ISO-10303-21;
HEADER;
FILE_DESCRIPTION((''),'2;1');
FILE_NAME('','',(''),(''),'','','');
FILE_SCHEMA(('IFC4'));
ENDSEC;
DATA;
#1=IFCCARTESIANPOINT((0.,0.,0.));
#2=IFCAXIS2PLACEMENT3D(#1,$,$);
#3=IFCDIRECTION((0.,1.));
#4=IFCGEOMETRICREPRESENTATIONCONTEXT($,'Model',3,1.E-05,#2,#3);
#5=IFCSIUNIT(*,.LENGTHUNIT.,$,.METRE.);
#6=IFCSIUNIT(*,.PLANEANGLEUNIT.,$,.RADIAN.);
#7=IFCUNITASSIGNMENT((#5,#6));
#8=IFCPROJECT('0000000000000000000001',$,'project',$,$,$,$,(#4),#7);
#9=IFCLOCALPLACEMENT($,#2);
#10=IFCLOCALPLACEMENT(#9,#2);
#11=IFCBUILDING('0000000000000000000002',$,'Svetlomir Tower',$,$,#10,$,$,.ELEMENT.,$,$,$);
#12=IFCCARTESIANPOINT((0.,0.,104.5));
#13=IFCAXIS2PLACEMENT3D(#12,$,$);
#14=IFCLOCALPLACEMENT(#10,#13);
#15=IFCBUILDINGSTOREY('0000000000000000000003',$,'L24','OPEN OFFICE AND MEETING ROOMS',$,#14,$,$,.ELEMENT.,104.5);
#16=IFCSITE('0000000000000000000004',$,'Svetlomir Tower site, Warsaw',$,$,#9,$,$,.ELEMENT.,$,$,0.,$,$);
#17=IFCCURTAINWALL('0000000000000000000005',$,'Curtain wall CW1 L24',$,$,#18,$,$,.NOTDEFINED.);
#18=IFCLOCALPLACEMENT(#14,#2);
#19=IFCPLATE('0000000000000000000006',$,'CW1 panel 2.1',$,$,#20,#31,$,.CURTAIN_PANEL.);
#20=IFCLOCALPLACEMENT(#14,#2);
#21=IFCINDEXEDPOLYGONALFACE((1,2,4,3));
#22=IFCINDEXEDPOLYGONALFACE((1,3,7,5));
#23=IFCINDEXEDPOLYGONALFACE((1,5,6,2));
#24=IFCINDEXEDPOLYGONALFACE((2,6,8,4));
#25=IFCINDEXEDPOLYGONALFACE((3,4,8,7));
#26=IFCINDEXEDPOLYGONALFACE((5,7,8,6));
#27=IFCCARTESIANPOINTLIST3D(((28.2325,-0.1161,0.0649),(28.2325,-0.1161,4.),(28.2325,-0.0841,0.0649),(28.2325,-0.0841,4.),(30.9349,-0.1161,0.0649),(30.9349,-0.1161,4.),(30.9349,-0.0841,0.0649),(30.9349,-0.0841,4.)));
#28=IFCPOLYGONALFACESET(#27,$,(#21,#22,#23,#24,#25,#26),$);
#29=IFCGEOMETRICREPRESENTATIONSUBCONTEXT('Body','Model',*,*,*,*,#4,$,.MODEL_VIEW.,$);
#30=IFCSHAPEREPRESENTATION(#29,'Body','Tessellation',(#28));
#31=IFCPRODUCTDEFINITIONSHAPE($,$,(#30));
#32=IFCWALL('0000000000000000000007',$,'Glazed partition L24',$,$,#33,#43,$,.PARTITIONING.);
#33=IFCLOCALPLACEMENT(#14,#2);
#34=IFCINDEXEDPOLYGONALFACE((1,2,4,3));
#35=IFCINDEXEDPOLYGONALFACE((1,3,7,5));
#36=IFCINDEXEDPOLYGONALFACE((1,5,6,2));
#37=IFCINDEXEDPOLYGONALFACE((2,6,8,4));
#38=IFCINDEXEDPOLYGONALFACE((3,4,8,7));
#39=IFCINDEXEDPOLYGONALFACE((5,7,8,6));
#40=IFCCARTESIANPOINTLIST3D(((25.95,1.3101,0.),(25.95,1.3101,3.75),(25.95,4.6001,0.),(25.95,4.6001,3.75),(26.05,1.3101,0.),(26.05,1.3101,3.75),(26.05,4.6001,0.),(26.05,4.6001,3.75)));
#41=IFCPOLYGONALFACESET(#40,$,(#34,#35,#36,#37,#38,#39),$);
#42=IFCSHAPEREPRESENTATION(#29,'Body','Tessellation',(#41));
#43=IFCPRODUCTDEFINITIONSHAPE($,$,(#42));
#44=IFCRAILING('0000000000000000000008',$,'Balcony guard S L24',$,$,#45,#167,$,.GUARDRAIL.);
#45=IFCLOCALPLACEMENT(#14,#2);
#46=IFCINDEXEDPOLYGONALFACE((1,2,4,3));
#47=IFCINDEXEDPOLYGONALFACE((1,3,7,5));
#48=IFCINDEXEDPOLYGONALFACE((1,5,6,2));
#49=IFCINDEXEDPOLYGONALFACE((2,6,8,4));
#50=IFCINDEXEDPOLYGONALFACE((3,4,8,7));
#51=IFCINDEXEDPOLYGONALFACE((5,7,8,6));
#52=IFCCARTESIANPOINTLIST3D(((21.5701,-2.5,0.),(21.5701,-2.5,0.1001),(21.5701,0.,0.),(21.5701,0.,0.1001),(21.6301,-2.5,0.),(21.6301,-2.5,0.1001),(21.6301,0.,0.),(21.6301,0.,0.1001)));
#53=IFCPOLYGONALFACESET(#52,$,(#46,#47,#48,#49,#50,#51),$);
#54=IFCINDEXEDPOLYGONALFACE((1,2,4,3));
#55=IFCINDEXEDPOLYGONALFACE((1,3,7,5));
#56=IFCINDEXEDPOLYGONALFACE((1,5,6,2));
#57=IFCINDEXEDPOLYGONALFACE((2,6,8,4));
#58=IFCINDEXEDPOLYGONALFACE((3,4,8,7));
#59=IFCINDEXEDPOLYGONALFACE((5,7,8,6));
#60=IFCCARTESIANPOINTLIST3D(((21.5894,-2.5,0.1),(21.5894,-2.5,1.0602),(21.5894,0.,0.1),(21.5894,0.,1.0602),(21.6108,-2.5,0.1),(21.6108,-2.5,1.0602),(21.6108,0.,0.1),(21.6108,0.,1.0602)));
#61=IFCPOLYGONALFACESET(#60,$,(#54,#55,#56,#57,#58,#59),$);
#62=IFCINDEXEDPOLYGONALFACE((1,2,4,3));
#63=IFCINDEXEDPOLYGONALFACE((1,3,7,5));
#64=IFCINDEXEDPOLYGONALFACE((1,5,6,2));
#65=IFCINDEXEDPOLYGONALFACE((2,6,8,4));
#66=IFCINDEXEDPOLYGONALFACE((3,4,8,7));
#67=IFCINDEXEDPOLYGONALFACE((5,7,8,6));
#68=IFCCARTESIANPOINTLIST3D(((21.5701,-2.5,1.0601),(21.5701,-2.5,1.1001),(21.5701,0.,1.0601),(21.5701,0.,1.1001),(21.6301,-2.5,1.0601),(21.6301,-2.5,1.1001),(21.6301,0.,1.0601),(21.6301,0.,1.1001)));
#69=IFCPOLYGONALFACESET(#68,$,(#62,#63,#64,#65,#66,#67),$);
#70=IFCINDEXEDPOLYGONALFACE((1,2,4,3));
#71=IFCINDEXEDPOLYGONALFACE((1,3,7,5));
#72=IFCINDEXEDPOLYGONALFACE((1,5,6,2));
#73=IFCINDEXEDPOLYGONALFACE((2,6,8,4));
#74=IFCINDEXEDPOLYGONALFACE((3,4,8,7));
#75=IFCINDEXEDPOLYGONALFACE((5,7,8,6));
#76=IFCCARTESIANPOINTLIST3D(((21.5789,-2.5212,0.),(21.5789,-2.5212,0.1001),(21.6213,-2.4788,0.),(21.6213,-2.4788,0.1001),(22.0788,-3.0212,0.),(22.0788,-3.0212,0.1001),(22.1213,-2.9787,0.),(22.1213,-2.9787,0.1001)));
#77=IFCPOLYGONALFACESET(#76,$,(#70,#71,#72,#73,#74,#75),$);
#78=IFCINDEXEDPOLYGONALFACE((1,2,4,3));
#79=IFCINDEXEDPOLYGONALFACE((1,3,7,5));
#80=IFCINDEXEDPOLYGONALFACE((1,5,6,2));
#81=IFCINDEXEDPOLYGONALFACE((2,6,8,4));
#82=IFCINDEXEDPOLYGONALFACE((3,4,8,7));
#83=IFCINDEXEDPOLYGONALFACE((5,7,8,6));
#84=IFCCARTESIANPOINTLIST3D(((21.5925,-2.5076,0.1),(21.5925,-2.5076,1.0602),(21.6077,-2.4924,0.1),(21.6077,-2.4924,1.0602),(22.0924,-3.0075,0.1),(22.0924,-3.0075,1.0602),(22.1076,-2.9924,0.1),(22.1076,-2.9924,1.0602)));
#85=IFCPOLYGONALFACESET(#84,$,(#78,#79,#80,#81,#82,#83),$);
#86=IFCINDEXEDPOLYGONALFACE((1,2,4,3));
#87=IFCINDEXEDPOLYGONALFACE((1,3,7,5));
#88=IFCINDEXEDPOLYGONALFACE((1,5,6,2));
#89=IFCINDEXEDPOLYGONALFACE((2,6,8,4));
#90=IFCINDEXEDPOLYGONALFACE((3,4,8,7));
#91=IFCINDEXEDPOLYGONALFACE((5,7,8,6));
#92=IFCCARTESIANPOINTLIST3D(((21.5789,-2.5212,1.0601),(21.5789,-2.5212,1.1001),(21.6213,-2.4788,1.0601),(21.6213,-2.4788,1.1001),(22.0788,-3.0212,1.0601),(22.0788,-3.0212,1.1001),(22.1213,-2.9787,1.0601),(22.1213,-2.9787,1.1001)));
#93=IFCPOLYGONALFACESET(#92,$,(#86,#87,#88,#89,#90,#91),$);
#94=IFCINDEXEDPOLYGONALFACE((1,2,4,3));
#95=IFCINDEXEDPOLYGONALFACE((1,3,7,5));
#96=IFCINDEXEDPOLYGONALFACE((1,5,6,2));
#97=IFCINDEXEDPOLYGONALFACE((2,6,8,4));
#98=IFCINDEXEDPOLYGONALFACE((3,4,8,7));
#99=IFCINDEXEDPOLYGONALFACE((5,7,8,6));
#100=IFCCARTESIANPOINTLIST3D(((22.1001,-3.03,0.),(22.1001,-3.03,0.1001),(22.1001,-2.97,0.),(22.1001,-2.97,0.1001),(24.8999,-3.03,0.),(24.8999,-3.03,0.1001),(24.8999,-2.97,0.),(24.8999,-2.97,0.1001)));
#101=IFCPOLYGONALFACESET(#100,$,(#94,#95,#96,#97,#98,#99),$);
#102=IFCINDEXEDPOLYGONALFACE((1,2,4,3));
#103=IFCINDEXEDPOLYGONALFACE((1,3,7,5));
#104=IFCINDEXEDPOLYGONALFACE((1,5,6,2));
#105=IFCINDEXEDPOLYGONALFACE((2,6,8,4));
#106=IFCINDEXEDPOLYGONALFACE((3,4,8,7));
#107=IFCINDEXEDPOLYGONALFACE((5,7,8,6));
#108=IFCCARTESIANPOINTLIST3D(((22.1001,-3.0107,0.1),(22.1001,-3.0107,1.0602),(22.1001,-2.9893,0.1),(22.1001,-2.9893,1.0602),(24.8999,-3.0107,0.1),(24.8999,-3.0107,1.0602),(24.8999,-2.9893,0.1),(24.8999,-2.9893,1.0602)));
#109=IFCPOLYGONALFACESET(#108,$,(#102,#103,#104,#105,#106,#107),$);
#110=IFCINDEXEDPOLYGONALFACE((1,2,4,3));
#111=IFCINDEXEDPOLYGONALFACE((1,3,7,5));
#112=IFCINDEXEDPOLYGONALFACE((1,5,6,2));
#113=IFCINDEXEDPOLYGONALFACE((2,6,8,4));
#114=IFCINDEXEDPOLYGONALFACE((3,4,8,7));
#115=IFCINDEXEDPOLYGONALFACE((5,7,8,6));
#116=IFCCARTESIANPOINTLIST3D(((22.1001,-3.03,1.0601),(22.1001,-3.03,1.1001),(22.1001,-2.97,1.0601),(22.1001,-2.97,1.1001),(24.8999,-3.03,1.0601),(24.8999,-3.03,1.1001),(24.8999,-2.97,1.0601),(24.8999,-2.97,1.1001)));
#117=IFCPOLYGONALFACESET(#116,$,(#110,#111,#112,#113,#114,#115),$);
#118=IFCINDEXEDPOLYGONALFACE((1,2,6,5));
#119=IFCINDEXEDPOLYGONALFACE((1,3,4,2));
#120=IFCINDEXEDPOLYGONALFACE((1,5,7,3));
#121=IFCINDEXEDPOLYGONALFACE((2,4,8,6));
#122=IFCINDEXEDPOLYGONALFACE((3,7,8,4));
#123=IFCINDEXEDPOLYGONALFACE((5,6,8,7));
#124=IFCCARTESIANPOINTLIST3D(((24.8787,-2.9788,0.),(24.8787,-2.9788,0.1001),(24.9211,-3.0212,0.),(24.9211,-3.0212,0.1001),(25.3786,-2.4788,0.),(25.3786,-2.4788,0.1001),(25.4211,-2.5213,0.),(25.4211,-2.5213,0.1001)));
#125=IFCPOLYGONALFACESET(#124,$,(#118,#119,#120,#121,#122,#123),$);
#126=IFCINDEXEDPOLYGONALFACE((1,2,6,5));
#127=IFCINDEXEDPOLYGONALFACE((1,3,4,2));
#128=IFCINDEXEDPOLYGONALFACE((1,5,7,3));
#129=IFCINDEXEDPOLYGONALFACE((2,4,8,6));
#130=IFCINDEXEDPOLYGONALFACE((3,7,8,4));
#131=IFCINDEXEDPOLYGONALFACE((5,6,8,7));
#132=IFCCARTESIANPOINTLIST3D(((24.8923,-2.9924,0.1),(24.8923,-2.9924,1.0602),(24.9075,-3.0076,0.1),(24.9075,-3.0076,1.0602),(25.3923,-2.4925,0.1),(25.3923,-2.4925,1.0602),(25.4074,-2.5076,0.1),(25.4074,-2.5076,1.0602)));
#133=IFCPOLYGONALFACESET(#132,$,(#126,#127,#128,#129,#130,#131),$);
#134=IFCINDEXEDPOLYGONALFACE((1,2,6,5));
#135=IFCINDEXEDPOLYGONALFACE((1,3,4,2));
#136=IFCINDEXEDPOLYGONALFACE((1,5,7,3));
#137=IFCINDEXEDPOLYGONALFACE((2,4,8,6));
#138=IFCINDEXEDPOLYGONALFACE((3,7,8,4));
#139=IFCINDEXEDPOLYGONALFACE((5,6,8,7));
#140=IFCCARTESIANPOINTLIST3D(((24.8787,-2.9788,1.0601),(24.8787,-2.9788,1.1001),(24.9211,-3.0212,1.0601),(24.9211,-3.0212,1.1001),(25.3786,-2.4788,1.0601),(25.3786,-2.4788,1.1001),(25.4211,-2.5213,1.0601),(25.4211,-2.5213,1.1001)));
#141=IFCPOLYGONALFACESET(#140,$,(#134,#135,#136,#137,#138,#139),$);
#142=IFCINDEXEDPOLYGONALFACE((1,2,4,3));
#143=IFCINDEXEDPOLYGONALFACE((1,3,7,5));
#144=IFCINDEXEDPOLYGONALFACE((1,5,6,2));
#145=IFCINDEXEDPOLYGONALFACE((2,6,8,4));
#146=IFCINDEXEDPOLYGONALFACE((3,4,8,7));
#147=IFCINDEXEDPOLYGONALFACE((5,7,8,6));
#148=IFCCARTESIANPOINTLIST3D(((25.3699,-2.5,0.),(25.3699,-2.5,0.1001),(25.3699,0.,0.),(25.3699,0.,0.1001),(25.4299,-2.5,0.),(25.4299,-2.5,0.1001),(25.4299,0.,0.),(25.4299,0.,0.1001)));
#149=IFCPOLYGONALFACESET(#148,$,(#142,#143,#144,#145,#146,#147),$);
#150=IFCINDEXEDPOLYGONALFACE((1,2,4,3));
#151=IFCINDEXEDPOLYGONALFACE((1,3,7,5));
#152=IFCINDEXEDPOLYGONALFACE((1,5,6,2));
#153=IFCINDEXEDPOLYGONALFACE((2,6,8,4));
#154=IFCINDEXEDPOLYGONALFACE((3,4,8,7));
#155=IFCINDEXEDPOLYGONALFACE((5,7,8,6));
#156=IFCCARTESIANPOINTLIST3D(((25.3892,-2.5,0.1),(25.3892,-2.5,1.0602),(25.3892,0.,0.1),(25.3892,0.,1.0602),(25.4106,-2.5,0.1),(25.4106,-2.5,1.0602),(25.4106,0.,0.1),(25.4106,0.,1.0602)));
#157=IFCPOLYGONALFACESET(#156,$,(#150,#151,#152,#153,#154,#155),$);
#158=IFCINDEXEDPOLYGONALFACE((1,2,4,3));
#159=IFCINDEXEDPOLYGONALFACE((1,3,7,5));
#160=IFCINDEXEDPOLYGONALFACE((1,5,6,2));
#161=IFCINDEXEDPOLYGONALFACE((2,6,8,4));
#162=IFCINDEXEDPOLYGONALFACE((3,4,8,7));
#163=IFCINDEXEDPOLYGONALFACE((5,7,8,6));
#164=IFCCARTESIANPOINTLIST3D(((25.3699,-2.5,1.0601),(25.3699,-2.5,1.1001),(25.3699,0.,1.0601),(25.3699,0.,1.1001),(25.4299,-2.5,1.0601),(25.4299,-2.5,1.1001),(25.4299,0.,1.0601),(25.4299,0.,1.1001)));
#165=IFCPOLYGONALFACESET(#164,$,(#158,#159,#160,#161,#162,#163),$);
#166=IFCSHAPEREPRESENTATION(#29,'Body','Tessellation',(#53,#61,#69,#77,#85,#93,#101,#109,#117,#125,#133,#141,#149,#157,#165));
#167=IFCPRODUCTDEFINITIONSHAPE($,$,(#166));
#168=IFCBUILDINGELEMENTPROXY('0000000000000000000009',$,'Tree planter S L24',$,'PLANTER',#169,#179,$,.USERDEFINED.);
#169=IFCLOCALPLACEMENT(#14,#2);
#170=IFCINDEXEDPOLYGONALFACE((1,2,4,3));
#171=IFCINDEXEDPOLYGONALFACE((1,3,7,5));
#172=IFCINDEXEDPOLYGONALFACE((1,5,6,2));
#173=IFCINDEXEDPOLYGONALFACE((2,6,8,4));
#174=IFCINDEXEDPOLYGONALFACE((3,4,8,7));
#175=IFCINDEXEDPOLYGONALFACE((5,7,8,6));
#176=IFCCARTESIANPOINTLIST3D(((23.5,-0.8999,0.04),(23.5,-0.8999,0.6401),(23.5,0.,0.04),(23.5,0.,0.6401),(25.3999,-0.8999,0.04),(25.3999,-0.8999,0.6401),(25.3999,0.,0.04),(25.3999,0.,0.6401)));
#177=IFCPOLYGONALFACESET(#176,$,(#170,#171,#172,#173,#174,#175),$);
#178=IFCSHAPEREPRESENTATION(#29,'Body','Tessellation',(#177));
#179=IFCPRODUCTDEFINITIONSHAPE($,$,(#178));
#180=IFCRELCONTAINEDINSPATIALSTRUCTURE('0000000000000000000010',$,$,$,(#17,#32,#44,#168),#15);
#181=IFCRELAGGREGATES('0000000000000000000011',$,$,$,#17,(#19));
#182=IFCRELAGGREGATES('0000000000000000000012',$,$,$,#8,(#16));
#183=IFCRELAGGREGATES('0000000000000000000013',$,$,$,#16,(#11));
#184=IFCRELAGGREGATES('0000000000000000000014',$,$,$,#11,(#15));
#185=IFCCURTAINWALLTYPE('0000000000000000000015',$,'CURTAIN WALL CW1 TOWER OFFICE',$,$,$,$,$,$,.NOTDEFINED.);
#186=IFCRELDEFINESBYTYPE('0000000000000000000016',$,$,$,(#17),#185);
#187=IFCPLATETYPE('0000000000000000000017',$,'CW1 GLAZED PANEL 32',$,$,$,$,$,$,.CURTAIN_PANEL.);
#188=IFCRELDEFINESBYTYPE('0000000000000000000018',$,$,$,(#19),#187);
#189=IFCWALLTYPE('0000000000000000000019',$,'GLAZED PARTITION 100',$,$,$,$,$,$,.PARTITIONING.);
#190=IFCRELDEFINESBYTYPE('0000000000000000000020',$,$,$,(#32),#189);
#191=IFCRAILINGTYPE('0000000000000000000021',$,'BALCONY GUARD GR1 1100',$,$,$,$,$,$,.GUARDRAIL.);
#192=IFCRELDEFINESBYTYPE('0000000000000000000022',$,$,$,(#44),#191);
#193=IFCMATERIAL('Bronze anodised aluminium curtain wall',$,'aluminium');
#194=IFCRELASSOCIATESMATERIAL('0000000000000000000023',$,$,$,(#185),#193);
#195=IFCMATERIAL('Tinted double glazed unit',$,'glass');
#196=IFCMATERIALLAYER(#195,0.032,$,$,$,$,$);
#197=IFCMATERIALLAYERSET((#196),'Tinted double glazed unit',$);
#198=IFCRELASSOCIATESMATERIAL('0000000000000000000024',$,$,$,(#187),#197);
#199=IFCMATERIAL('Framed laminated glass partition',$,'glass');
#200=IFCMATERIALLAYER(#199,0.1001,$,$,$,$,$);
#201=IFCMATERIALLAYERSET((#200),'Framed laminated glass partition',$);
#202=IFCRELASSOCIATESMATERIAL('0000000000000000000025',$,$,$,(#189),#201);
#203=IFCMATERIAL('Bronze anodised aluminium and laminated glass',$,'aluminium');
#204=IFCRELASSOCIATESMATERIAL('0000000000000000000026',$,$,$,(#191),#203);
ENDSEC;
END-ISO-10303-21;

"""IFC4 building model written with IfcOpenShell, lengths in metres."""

from ifc_helpers import new_model, si_unit, direction, frame, frame_2d, origin, origin_2d, place, context, subcontext, project, spatial, rectangle, extrude, material, layer, layer_set, type_object, element, aggregate, save


model = new_model("IFC4")

# Units and contexts
model_context = context("Model", 3, precision=1e-05, world=origin(), true_north=direction((0.0, 1.0)))
body_context = subcontext(model_context, "Body", "Model", "MODEL_VIEW")
ifc_project = project(units=[si_unit("LENGTHUNIT", "METRE"), si_unit("PLANEANGLEUNIT", "RADIAN")], contexts=[model_context])

# Site, building, storey
site_placement = place(None, origin())
site = spatial("IfcSite", under=ifc_project, at=site_placement, Name="Svetlomir Tower site, Warsaw", CompositionType="ELEMENT", RefElevation=0.0)
building_placement = place(site_placement, origin())
building = spatial("IfcBuilding", under=site, at=building_placement, Name="Svetlomir Tower", CompositionType="ELEMENT")
storey_placement = place(building_placement, frame((0.0, 0.0, 104.5)))
storey = spatial("IfcBuildingStorey", under=building, at=storey_placement, Name="L24", Description="OPEN OFFICE AND MEETING ROOMS", CompositionType="ELEMENT", Elevation=104.5)

# Curtain wall
ifc_material_1 = material(Name="Bronze anodised aluminium curtain wall", Category="aluminium")
curtain_wall_type = type_object("IfcCurtainWallType", Name="CURTAIN WALL CW1 TOWER OFFICE", PredefinedType="NOTDEFINED", material=ifc_material_1)
curtain_wall_1_placement = place(storey_placement, origin())
curtain_wall_1 = element("IfcCurtainWall", 1, at=curtain_wall_1_placement, inside=storey, type_object=curtain_wall_type, Name="Curtain wall CW1 L24", PredefinedType="NOTDEFINED")

# Plate
ifc_material_2 = material(Name="Tinted double glazed unit", Category="glass")
ifc_layer_1 = layer(ifc_material_2, 0.032)
ifc_layer_set_1 = layer_set([ifc_layer_1], Name="Tinted double glazed unit")
plate_type = type_object("IfcPlateType", Name="CW1 GLAZED PANEL 32", PredefinedType="CURTAIN_PANEL", material=ifc_layer_set_1)
plate_1_placement = place(storey_placement, frame((29.5837, -0.1001, 0.0649), z_axis=(0.0, 0.0, 1.0), x_axis=(1.0, 0.0, 0.0)))
plate_1 = element("IfcPlate", 2, at=plate_1_placement, type_object=plate_type, Name="CW1 panel 2.1", PredefinedType="CURTAIN_PANEL", context=body_context, shape_type="SweptSolid", body=[
    extrude(rectangle(XDim=2.7024, YDim=0.032, at=origin_2d()), origin(), (0.0, 0.0, 1.0), 3.9351),
])
aggregate(curtain_wall_1, [plate_1])

# Wall
ifc_material_3 = material(Name="Framed laminated glass partition", Category="glass")
ifc_layer_2 = layer(ifc_material_3, 0.1001)
ifc_layer_set_2 = layer_set([ifc_layer_2], Name="Framed laminated glass partition")
wall_type_1 = type_object("IfcWallType", Name="GLAZED PARTITION 100", PredefinedType="PARTITIONING", material=ifc_layer_set_2)
wall_1_placement = place(storey_placement, frame((26.0, 1.3101, 0.0), z_axis=(0.0, 0.0, 1.0), x_axis=(0.0, 1.0, 0.0)))
element("IfcWall", 3, at=wall_1_placement, inside=storey, type_object=wall_type_1, Name="Glazed partition L24", PredefinedType="PARTITIONING", context=body_context, shape_type="SweptSolid", body=[
    extrude(rectangle(XDim=3.29, YDim=0.1001, at=frame_2d((1.645, 0.0))), origin(), (0.0, 0.0, 1.0), 3.75),
])

# Railing
ifc_material_4 = material(Name="Bronze anodised aluminium and laminated glass", Category="aluminium")
railing_type = type_object("IfcRailingType", Name="BALCONY GUARD GR1 1100", PredefinedType="GUARDRAIL", material=ifc_material_4)
railing_placement = place(storey_placement, frame((21.6001, 0.0, 0.0)))
element("IfcRailing", 4, at=railing_placement, inside=storey, type_object=railing_type, Name="Balcony guard S L24", PredefinedType="GUARDRAIL", context=body_context, shape_type="SweptSolid", body=[
    extrude(rectangle(XDim=0.0601, YDim=0.1001, at=origin_2d()), frame((0.0, 0.0, 0.05), z_axis=(0.0, -1.0, 0.0), x_axis=(1.0, 0.0, 0.0)), (0.0, 0.0, 1.0), 2.5),
    extrude(rectangle(XDim=0.0215, YDim=0.9602, at=origin_2d()), frame((0.0, 0.0, 0.5801), z_axis=(0.0, -1.0, 0.0), x_axis=(1.0, 0.0, 0.0)), (0.0, 0.0, 1.0), 2.5),
    extrude(rectangle(XDim=0.0601, YDim=0.04, at=origin_2d()), frame((0.0, 0.0, 1.0801), z_axis=(0.0, -1.0, 0.0), x_axis=(1.0, 0.0, 0.0)), (0.0, 0.0, 1.0), 2.5),
    extrude(rectangle(XDim=0.0601, YDim=0.1001, at=origin_2d()), frame((0.0, -2.5, 0.05), z_axis=(0.707107, -0.707107, 0.0), x_axis=(0.707107, 0.707107, 0.0)), (0.0, 0.0, 1.0), 0.707),
    extrude(rectangle(XDim=0.0215, YDim=0.9602, at=origin_2d()), frame((0.0, -2.5, 0.5801), z_axis=(0.707107, -0.707107, 0.0), x_axis=(0.707107, 0.707107, 0.0)), (0.0, 0.0, 1.0), 0.707),
    extrude(rectangle(XDim=0.0601, YDim=0.04, at=origin_2d()), frame((0.0, -2.5, 1.0801), z_axis=(0.707107, -0.707107, 0.0), x_axis=(0.707107, 0.707107, 0.0)), (0.0, 0.0, 1.0), 0.707),
    extrude(rectangle(XDim=0.0601, YDim=0.1001, at=origin_2d()), frame((0.5, -3.0, 0.05), z_axis=(1.0, 0.0, 0.0), x_axis=(0.0, 1.0, 0.0)), (0.0, 0.0, 1.0), 2.7998),
    extrude(rectangle(XDim=0.0215, YDim=0.9602, at=origin_2d()), frame((0.5, -3.0, 0.5801), z_axis=(1.0, 0.0, 0.0), x_axis=(0.0, 1.0, 0.0)), (0.0, 0.0, 1.0), 2.7998),
    extrude(rectangle(XDim=0.0601, YDim=0.04, at=origin_2d()), frame((0.5, -3.0, 1.0801), z_axis=(1.0, 0.0, 0.0), x_axis=(0.0, 1.0, 0.0)), (0.0, 0.0, 1.0), 2.7998),
    extrude(rectangle(XDim=0.0601, YDim=0.1001, at=origin_2d()), frame((3.2998, -3.0, 0.05), z_axis=(0.707107, 0.707107, 0.0), x_axis=(-0.707107, 0.707107, 0.0)), (0.0, 0.0, 1.0), 0.707),
    extrude(rectangle(XDim=0.0215, YDim=0.9602, at=origin_2d()), frame((3.2998, -3.0, 0.5801), z_axis=(0.707107, 0.707107, 0.0), x_axis=(-0.707107, 0.707107, 0.0)), (0.0, 0.0, 1.0), 0.707),
    extrude(rectangle(XDim=0.0601, YDim=0.04, at=origin_2d()), frame((3.2998, -3.0, 1.0801), z_axis=(0.707107, 0.707107, 0.0), x_axis=(-0.707107, 0.707107, 0.0)), (0.0, 0.0, 1.0), 0.707),
    extrude(rectangle(XDim=0.0601, YDim=0.1001, at=origin_2d()), frame((3.7998, -2.5, 0.05), z_axis=(0.0, 1.0, 0.0), x_axis=(-1.0, 0.0, 0.0)), (0.0, 0.0, 1.0), 2.5),
    extrude(rectangle(XDim=0.0215, YDim=0.9602, at=origin_2d()), frame((3.7998, -2.5, 0.5801), z_axis=(0.0, 1.0, 0.0), x_axis=(-1.0, 0.0, 0.0)), (0.0, 0.0, 1.0), 2.5),
    extrude(rectangle(XDim=0.0601, YDim=0.04, at=origin_2d()), frame((3.7998, -2.5, 1.0801), z_axis=(0.0, 1.0, 0.0), x_axis=(-1.0, 0.0, 0.0)), (0.0, 0.0, 1.0), 2.5),
])

# Building element proxy
proxy_placement = place(storey_placement, frame((24.45, -0.45, 0.04), z_axis=(0.0, 0.0, 1.0), x_axis=(1.0, 0.0, 0.0)))
element("IfcBuildingElementProxy", 5, at=proxy_placement, inside=storey, Name="Tree planter S L24", ObjectType="PLANTER", PredefinedType="USERDEFINED", context=body_context, shape_type="SweptSolid", body=[
    extrude(rectangle(XDim=1.8999, YDim=0.8999, at=origin_2d()), origin(), (0.0, 0.0, 1.0), 0.6001),
])

save(model, "model.ifc")
